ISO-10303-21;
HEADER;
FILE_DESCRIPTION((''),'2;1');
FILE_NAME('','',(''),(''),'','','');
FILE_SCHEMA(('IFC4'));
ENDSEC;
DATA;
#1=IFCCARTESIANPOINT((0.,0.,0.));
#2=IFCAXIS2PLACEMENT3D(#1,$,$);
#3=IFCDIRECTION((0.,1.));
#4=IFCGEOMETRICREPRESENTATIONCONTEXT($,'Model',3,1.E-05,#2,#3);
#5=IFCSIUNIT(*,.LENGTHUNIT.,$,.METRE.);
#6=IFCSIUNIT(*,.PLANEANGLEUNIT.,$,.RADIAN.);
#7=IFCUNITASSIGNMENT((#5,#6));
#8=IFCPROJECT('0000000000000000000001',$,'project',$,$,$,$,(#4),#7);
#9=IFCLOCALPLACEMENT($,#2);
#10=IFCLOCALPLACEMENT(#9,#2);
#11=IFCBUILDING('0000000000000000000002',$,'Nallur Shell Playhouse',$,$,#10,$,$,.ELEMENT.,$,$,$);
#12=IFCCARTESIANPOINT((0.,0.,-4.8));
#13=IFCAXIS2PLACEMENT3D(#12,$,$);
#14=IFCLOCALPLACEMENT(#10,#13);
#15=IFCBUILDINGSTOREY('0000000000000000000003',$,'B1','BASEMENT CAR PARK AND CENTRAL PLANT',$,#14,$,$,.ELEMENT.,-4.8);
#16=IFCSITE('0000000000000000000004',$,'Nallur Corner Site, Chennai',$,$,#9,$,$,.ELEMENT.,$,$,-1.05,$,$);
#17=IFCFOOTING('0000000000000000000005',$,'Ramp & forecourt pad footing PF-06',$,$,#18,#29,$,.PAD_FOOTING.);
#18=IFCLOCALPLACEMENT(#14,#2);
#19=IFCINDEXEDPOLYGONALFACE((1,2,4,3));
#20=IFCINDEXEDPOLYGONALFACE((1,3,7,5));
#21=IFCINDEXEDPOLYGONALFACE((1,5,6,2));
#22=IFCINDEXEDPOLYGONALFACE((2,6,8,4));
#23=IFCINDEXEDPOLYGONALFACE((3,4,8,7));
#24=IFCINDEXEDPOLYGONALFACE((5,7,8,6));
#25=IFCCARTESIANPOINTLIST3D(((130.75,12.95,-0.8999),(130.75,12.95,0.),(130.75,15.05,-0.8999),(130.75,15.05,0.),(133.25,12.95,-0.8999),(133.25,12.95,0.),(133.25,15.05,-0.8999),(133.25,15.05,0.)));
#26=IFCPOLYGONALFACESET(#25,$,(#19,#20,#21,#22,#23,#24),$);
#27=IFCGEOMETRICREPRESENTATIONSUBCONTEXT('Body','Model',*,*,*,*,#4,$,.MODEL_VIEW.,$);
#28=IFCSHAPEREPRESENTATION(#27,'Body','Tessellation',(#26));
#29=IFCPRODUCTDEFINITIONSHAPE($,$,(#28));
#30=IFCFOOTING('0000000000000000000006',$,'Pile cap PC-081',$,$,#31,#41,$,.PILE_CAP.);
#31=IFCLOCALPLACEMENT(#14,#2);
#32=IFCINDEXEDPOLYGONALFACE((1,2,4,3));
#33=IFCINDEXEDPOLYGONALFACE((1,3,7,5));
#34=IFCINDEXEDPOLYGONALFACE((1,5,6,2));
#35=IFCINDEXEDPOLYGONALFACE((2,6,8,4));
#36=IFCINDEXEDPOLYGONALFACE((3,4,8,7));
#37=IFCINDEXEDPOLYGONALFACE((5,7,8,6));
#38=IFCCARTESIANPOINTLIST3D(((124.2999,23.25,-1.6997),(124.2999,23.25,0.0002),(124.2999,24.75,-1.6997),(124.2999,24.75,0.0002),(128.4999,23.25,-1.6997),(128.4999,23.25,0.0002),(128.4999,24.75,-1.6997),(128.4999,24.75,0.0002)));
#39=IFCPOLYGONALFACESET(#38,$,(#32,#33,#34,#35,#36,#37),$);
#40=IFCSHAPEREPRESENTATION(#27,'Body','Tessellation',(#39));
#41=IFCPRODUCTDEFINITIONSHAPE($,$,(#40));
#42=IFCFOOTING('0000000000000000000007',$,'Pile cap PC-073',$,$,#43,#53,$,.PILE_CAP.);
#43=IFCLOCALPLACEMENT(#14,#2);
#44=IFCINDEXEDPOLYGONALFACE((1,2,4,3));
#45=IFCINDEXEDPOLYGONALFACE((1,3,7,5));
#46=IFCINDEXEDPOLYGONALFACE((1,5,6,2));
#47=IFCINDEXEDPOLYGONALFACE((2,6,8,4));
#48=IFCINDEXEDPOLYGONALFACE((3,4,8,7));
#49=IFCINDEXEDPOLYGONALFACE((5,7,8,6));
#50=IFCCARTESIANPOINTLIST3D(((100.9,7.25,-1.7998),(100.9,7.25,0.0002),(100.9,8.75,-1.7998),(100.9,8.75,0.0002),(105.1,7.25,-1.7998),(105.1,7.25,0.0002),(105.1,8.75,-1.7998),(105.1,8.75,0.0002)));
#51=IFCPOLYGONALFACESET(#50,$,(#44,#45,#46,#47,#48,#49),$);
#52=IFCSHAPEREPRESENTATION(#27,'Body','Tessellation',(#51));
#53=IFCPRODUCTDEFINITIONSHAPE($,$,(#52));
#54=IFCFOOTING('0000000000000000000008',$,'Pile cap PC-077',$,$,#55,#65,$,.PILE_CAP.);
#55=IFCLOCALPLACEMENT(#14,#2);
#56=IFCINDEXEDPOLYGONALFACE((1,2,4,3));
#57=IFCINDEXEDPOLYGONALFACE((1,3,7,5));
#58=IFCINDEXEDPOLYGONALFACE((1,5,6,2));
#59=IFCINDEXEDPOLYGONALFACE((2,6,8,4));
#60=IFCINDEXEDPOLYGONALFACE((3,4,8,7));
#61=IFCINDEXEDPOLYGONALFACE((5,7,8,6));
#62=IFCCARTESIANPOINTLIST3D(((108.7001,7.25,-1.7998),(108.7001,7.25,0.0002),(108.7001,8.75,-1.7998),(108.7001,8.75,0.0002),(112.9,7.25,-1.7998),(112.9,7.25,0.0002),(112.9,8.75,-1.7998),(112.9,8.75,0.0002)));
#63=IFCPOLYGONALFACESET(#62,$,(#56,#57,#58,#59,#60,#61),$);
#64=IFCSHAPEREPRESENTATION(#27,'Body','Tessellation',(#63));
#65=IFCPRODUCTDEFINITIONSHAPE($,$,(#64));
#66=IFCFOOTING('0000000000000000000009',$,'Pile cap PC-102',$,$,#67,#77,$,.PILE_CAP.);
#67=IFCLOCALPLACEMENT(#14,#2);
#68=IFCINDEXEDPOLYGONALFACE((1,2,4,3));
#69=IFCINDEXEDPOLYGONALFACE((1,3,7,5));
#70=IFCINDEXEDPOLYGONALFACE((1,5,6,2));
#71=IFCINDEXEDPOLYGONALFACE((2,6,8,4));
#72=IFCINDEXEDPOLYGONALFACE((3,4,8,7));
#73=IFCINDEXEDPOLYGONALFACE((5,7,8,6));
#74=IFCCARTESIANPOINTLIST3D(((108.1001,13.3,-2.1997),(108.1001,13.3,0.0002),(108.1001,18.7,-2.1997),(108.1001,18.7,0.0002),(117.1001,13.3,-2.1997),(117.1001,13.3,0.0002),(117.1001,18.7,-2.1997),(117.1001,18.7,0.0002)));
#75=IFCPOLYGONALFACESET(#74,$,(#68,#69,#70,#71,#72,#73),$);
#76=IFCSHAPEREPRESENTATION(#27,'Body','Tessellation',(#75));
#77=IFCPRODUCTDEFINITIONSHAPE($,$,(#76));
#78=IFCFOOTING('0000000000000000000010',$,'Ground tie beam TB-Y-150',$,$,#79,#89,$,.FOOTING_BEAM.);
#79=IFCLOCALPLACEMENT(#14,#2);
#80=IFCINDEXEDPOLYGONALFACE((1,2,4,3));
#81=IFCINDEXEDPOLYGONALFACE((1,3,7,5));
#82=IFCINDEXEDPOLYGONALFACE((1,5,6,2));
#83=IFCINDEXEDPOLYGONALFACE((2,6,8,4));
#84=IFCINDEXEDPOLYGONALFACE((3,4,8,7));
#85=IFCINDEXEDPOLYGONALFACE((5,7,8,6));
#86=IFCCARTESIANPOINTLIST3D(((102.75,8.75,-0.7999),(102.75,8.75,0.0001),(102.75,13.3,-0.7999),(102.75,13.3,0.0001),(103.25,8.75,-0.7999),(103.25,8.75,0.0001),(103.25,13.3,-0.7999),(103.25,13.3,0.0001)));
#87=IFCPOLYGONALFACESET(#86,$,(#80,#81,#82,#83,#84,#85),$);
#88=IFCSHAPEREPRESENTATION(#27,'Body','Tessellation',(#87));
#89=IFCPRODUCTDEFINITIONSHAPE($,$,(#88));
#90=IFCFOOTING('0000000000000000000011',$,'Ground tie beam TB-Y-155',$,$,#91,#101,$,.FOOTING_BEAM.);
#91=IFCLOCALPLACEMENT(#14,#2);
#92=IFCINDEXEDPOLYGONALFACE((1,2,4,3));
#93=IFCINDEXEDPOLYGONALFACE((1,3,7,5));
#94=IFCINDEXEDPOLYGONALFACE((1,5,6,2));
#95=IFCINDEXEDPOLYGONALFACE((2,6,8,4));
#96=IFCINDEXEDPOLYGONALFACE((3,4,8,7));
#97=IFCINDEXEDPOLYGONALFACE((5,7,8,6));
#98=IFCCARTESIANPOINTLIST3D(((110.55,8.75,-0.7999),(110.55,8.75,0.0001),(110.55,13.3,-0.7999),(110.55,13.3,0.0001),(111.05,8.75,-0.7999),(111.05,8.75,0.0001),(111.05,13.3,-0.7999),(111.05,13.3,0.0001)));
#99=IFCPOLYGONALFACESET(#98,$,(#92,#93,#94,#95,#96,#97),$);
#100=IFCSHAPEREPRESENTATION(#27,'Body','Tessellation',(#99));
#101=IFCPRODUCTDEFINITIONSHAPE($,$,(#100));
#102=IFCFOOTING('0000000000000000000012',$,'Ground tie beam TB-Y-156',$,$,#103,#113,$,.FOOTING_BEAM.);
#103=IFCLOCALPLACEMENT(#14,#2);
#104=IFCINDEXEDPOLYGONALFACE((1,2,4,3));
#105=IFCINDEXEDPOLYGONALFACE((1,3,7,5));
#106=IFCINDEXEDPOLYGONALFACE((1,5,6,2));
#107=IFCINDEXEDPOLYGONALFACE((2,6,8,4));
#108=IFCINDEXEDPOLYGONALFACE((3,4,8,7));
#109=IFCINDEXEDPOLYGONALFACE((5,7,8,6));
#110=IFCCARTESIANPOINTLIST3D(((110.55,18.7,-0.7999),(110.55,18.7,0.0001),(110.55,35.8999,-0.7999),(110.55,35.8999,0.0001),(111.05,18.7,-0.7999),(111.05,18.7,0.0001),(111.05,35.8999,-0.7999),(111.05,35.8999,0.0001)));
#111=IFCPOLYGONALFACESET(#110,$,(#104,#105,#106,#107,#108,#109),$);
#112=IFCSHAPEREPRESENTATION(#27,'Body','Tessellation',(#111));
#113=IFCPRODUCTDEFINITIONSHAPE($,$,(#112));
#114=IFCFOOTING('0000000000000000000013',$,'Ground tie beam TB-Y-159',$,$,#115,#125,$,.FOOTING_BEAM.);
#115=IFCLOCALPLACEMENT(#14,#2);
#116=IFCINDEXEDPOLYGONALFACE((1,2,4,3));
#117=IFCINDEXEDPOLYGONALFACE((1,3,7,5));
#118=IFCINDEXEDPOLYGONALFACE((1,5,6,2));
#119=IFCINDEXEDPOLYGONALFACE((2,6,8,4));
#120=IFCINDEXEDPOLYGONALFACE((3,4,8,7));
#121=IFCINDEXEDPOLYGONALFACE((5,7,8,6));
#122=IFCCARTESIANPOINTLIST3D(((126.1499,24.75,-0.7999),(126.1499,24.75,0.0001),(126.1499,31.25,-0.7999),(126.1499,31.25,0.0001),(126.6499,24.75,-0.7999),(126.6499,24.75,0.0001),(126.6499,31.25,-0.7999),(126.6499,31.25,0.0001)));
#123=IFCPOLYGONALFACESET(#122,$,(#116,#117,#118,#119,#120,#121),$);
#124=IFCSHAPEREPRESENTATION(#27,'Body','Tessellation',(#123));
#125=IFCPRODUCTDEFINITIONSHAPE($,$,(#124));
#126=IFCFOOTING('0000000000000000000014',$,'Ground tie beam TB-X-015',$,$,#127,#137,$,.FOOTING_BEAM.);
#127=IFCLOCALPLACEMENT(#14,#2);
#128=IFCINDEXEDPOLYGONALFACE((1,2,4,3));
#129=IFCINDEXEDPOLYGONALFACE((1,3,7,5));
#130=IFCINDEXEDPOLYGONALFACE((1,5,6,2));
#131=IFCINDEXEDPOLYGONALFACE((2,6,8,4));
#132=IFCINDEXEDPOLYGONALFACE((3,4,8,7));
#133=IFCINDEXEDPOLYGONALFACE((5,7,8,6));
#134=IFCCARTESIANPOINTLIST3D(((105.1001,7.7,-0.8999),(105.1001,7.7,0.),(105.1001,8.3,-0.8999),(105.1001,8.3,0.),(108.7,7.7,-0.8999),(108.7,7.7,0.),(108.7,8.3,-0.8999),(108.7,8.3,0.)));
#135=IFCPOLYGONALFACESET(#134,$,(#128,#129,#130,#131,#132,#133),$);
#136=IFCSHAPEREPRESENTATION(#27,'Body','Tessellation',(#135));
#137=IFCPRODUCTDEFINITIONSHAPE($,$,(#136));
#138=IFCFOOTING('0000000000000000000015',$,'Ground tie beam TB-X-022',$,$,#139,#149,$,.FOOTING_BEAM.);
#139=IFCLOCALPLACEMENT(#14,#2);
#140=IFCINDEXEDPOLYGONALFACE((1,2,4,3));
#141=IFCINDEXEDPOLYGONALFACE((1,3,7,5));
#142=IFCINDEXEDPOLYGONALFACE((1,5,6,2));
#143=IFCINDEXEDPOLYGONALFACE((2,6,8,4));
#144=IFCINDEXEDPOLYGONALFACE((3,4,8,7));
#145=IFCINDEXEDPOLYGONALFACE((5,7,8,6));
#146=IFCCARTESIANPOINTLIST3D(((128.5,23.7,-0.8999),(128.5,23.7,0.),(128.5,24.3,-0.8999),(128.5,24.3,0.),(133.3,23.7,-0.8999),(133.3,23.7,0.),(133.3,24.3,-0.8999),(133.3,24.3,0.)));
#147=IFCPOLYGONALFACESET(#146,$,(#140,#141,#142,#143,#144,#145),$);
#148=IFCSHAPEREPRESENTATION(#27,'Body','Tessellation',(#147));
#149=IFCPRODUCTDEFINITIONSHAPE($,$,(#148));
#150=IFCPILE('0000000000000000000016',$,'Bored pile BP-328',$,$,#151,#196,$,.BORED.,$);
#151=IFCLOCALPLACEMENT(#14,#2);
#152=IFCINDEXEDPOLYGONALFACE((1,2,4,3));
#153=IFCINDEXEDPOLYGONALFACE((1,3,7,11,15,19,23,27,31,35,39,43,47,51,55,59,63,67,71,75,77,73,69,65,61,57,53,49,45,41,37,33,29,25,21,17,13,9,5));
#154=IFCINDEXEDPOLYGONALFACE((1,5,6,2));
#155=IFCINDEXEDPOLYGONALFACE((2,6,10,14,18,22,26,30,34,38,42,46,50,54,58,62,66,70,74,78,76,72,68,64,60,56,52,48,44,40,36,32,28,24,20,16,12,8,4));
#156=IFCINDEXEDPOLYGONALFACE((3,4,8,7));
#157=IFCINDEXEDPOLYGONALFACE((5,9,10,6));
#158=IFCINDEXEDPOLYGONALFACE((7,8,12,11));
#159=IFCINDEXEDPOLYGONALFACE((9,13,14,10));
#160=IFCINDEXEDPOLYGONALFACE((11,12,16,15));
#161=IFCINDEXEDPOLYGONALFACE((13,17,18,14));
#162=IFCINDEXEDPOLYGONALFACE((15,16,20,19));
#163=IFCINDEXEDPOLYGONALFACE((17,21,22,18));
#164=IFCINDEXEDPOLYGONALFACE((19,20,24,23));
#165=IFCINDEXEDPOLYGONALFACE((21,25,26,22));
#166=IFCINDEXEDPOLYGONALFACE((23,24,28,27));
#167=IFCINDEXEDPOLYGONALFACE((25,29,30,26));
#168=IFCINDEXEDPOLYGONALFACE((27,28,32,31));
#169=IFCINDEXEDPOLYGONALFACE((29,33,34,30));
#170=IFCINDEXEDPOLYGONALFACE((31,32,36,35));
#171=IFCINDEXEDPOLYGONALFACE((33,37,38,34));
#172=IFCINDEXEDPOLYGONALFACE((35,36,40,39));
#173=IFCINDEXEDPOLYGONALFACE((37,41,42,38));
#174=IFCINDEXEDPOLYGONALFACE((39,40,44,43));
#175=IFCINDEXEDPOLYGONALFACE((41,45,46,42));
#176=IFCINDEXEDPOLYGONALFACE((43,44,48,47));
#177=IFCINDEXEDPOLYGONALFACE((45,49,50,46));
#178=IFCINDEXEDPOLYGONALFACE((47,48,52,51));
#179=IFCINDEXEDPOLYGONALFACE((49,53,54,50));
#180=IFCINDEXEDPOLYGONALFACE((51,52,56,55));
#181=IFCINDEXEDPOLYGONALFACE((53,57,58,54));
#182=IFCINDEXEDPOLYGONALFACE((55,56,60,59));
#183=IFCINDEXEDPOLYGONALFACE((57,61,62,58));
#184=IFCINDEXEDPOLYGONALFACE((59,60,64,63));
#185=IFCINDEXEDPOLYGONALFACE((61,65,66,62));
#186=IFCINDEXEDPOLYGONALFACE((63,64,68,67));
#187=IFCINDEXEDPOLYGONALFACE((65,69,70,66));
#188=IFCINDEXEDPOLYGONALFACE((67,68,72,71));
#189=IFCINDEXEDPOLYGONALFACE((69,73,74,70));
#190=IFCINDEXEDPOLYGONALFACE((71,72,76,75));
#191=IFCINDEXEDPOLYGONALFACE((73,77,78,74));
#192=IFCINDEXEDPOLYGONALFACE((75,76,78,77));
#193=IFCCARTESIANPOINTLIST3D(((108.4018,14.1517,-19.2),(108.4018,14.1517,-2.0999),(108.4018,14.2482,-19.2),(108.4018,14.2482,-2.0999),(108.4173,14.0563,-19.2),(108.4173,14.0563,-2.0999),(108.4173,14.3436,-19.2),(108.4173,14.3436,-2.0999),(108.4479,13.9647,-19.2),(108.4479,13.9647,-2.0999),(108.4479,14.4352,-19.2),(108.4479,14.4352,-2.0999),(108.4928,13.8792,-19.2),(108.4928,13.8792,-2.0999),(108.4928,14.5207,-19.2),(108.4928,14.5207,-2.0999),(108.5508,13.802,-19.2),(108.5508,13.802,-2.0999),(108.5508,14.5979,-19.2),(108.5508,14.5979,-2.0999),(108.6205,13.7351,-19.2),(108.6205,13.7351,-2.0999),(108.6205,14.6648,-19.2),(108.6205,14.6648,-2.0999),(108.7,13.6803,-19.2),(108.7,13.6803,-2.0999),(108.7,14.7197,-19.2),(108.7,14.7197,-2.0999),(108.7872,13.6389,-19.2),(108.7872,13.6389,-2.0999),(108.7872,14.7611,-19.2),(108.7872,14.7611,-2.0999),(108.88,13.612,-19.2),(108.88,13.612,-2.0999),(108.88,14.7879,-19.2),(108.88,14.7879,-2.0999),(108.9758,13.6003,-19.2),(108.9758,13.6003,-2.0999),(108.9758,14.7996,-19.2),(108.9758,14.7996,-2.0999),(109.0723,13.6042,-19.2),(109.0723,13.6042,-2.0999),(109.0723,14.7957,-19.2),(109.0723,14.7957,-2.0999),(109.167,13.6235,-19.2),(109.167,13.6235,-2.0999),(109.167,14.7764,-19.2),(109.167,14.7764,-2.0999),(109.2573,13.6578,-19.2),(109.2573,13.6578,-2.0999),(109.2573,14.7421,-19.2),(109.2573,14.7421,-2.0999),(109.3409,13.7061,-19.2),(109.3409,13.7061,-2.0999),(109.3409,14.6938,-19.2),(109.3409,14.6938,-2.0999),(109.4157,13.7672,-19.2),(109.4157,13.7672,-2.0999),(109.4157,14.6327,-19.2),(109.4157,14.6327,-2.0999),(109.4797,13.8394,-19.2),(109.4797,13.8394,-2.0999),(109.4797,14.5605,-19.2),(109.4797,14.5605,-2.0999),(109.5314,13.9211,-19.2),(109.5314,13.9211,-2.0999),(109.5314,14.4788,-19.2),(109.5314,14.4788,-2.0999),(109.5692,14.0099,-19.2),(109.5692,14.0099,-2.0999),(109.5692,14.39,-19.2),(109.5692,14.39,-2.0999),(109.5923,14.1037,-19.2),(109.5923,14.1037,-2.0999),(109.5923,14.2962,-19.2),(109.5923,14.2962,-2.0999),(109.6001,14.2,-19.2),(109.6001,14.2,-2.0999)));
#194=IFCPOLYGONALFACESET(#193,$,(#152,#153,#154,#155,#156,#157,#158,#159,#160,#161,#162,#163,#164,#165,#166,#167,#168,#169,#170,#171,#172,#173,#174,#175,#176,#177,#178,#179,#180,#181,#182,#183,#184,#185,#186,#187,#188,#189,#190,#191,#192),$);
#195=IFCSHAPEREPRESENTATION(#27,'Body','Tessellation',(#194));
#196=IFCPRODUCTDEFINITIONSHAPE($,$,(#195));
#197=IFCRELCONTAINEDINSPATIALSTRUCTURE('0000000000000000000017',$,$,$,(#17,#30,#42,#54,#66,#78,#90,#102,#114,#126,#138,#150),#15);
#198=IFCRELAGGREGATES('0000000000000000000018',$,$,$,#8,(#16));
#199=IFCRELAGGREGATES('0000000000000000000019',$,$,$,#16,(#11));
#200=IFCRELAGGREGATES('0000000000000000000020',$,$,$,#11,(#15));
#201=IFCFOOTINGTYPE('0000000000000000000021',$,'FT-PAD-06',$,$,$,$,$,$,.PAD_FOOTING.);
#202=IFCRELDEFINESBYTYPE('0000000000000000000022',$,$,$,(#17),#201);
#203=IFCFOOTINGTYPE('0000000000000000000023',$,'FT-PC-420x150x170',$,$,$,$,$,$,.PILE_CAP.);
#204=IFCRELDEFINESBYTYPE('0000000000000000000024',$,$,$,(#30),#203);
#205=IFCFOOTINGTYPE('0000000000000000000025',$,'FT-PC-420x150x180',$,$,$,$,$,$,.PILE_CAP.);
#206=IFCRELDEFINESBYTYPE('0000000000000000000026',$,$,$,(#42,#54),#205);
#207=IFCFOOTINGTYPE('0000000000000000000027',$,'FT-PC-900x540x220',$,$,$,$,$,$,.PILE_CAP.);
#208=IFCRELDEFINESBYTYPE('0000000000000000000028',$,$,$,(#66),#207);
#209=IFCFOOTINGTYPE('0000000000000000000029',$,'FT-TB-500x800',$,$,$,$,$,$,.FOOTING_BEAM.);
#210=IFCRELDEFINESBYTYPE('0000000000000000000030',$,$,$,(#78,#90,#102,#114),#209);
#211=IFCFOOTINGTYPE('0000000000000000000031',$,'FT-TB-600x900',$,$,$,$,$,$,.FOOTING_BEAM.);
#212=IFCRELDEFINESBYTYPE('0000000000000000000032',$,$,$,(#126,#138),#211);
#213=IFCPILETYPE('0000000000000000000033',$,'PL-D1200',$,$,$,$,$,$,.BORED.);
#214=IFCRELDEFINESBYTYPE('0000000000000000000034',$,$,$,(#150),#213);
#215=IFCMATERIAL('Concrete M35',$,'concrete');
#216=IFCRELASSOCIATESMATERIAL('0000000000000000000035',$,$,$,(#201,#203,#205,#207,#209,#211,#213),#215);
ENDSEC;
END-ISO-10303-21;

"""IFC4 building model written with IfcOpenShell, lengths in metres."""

from ifc_helpers import new_model, si_unit, direction, frame, origin, origin_2d, place, context, subcontext, project, spatial, rectangle, circle, extrude, material, material_profile, profile_set, type_object, element, save


model = new_model("IFC4")

# Units and contexts
model_context = context("Model", 3, precision=1e-05, world=origin(), true_north=direction((0.0, 1.0)))
body_context = subcontext(model_context, "Body", "Model", "MODEL_VIEW")
ifc_project = project(units=[si_unit("LENGTHUNIT", "METRE"), si_unit("PLANEANGLEUNIT", "RADIAN")], contexts=[model_context])

# Site, building, storey
site_placement = place(None, origin())
site = spatial("IfcSite", under=ifc_project, at=site_placement, Name="Nallur Corner Site, Chennai", CompositionType="ELEMENT", RefElevation=-1.05)
building_placement = place(site_placement, origin())
building = spatial("IfcBuilding", under=site, at=building_placement, Name="Nallur Shell Playhouse", CompositionType="ELEMENT")
storey_placement = place(building_placement, frame((0.0, 0.0, -4.8)))
storey = spatial("IfcBuildingStorey", under=building, at=storey_placement, Name="B1", Description="BASEMENT CAR PARK AND CENTRAL PLANT", CompositionType="ELEMENT", Elevation=-4.8)

# Footings
ifc_material_1 = material(Name="Concrete M35", Category="concrete")
footing_type_1 = type_object("IfcFootingType", Name="FT-PAD-06", PredefinedType="PAD_FOOTING", material=ifc_material_1)
footing_1_placement = place(storey_placement, frame((132.0, 14.0, -0.8999), z_axis=(0.0, 0.0, 1.0), x_axis=(1.0, 0.0, 0.0)))
element("IfcFooting", 1, at=footing_1_placement, inside=storey, type_object=footing_type_1, Name="Ramp & forecourt pad footing PF-06", PredefinedType="PAD_FOOTING", context=body_context, shape_type="SweptSolid", body=[
    extrude(rectangle(XDim=2.5, YDim=2.1001, at=origin_2d()), origin(), (0.0, 0.0, 1.0), 0.8999),
])
footing_type_2 = type_object("IfcFootingType", Name="FT-PC-420x150x170", PredefinedType="PILE_CAP", material=ifc_material_1)
footing_2_placement = place(storey_placement, frame((126.3999, 24.0, -1.6997), z_axis=(0.0, 0.0, 1.0), x_axis=(1.0, 0.0, 0.0)))
element("IfcFooting", 2, at=footing_2_placement, inside=storey, type_object=footing_type_2, Name="Pile cap PC-081", PredefinedType="PILE_CAP", context=body_context, shape_type="SweptSolid", body=[
    extrude(rectangle(XDim=4.2, YDim=1.5, at=origin_2d()), origin(), (0.0, 0.0, 1.0), 1.7),
])
footing_type_3 = type_object("IfcFootingType", Name="FT-PC-420x150x180", PredefinedType="PILE_CAP", material=ifc_material_1)
for number, where, z_axis, x_axis, name in (
    (3, (103.0, 8.0, -1.7998), (0.0, 0.0, 1.0), (1.0, 0.0, 0.0), "Pile cap PC-073"),
    (4, (110.8, 8.0, -1.7998), (0.0, 0.0, 1.0), (1.0, 0.0, 0.0), "Pile cap PC-077"),
):
    element("IfcFooting", number, at=place(storey_placement, frame(where, z_axis=z_axis, x_axis=x_axis)), inside=storey, type_object=footing_type_3, Name=name, PredefinedType="PILE_CAP", context=body_context, shape_type="SweptSolid", body=[
        extrude(rectangle(XDim=4.2, YDim=1.5, at=origin_2d()), origin(), (0.0, 0.0, 1.0), 1.8),
    ])
footing_type_4 = type_object("IfcFootingType", Name="FT-PC-900x540x220", PredefinedType="PILE_CAP", material=ifc_material_1)
footing_3_placement = place(storey_placement, frame((112.6001, 16.0, -2.1997), z_axis=(0.0, 0.0, 1.0), x_axis=(1.0, 0.0, 0.0)))
element("IfcFooting", 5, at=footing_3_placement, inside=storey, type_object=footing_type_4, Name="Pile cap PC-102", PredefinedType="PILE_CAP", context=body_context, shape_type="SweptSolid", body=[
    extrude(rectangle(XDim=9.0, YDim=5.3999, at=origin_2d()), origin(), (0.0, 0.0, 1.0), 2.2),
])
ifc_material_profile_1 = material_profile(ifc_material_1, rectangle(XDim=0.5, YDim=0.8, at=origin_2d()), Name="RC 500x800")
ifc_profile_set_1 = profile_set([ifc_material_profile_1], Name="Concrete M35")
footing_type_5 = type_object("IfcFootingType", Name="FT-TB-500x800", PredefinedType="FOOTING_BEAM", material=ifc_profile_set_1)
for number, where, z_axis, x_axis, name in (
    (6, (103.0, 8.75, -0.3999), (0.0, 1.0, 0.0), (-1.0, 0.0, 0.0), "Ground tie beam TB-Y-150"),
    (7, (110.8, 8.75, -0.3999), (0.0, 1.0, 0.0), (-1.0, 0.0, 0.0), "Ground tie beam TB-Y-155"),
):
    element("IfcFooting", number, at=place(storey_placement, frame(where, z_axis=z_axis, x_axis=x_axis)), inside=storey, type_object=footing_type_5, Name=name, PredefinedType="FOOTING_BEAM", context=body_context, shape_type="SweptSolid", body=[
        extrude(rectangle(XDim=0.5, YDim=0.8, at=origin_2d()), origin(), (0.0, 0.0, 1.0), 4.55),
    ])
footing_4_placement = place(storey_placement, frame((110.8, 18.7, -0.3999), z_axis=(0.0, 1.0, 0.0), x_axis=(-1.0, 0.0, 0.0)))
element("IfcFooting", 8, at=footing_4_placement, inside=storey, type_object=footing_type_5, Name="Ground tie beam TB-Y-156", PredefinedType="FOOTING_BEAM", context=body_context, shape_type="SweptSolid", body=[
    extrude(rectangle(XDim=0.5, YDim=0.8, at=origin_2d()), origin(), (0.0, 0.0, 1.0), 17.2),
])
footing_5_placement = place(storey_placement, frame((126.3999, 24.75, -0.3999), z_axis=(0.0, 1.0, 0.0), x_axis=(-1.0, 0.0, 0.0)))
element("IfcFooting", 9, at=footing_5_placement, inside=storey, type_object=footing_type_5, Name="Ground tie beam TB-Y-159", PredefinedType="FOOTING_BEAM", context=body_context, shape_type="SweptSolid", body=[
    extrude(rectangle(XDim=0.5, YDim=0.8, at=origin_2d()), origin(), (0.0, 0.0, 1.0), 6.5),
])
ifc_material_profile_2 = material_profile(ifc_material_1, rectangle(XDim=0.6001, YDim=0.8999, at=origin_2d()), Name="RC 600x900")
ifc_profile_set_2 = profile_set([ifc_material_profile_2], Name="Concrete M35")
footing_type_6 = type_object("IfcFootingType", Name="FT-TB-600x900", PredefinedType="FOOTING_BEAM", material=ifc_profile_set_2)
footing_6_placement = place(storey_placement, frame((105.1001, 8.0, -0.45), z_axis=(1.0, 0.0, 0.0), x_axis=(0.0, 1.0, 0.0)))
element("IfcFooting", 10, at=footing_6_placement, inside=storey, type_object=footing_type_6, Name="Ground tie beam TB-X-015", PredefinedType="FOOTING_BEAM", context=body_context, shape_type="SweptSolid", body=[
    extrude(rectangle(XDim=0.6001, YDim=0.8999, at=origin_2d()), origin(), (0.0, 0.0, 1.0), 3.5999),
])
footing_7_placement = place(storey_placement, frame((128.5, 24.0, -0.45), z_axis=(1.0, 0.0, 0.0), x_axis=(0.0, 1.0, 0.0)))
element("IfcFooting", 11, at=footing_7_placement, inside=storey, type_object=footing_type_6, Name="Ground tie beam TB-X-022", PredefinedType="FOOTING_BEAM", context=body_context, shape_type="SweptSolid", body=[
    extrude(rectangle(XDim=0.6001, YDim=0.8999, at=origin_2d()), origin(), (0.0, 0.0, 1.0), 4.8),
])

# Pile
ifc_material_profile_3 = material_profile(ifc_material_1, circle(Radius=0.6001, at=origin_2d()), Name="BORED PILE D1200")
ifc_profile_set_3 = profile_set([ifc_material_profile_3], Name="Concrete M35")
pile_type_1 = type_object("IfcPileType", Name="PL-D1200", PredefinedType="BORED", material=ifc_profile_set_3)
for number, where, z_axis, x_axis, name in (
    (12, (109.0, 14.2, -2.0999), (0.0, 0.0, -1.0), (1.0, 0.0, 0.0), "Bored pile BP-328"),
):
    element("IfcPile", number, at=place(storey_placement, frame(where, z_axis=z_axis, x_axis=x_axis)), inside=storey, type_object=pile_type_1, Name=name, PredefinedType="BORED", context=body_context, shape_type="SweptSolid", body=[
        extrude(circle(Radius=0.6001, at=origin_2d()), origin(), (0.0, 0.0, 1.0), 17.1001),
    ])

save(model, "model.ifc")
